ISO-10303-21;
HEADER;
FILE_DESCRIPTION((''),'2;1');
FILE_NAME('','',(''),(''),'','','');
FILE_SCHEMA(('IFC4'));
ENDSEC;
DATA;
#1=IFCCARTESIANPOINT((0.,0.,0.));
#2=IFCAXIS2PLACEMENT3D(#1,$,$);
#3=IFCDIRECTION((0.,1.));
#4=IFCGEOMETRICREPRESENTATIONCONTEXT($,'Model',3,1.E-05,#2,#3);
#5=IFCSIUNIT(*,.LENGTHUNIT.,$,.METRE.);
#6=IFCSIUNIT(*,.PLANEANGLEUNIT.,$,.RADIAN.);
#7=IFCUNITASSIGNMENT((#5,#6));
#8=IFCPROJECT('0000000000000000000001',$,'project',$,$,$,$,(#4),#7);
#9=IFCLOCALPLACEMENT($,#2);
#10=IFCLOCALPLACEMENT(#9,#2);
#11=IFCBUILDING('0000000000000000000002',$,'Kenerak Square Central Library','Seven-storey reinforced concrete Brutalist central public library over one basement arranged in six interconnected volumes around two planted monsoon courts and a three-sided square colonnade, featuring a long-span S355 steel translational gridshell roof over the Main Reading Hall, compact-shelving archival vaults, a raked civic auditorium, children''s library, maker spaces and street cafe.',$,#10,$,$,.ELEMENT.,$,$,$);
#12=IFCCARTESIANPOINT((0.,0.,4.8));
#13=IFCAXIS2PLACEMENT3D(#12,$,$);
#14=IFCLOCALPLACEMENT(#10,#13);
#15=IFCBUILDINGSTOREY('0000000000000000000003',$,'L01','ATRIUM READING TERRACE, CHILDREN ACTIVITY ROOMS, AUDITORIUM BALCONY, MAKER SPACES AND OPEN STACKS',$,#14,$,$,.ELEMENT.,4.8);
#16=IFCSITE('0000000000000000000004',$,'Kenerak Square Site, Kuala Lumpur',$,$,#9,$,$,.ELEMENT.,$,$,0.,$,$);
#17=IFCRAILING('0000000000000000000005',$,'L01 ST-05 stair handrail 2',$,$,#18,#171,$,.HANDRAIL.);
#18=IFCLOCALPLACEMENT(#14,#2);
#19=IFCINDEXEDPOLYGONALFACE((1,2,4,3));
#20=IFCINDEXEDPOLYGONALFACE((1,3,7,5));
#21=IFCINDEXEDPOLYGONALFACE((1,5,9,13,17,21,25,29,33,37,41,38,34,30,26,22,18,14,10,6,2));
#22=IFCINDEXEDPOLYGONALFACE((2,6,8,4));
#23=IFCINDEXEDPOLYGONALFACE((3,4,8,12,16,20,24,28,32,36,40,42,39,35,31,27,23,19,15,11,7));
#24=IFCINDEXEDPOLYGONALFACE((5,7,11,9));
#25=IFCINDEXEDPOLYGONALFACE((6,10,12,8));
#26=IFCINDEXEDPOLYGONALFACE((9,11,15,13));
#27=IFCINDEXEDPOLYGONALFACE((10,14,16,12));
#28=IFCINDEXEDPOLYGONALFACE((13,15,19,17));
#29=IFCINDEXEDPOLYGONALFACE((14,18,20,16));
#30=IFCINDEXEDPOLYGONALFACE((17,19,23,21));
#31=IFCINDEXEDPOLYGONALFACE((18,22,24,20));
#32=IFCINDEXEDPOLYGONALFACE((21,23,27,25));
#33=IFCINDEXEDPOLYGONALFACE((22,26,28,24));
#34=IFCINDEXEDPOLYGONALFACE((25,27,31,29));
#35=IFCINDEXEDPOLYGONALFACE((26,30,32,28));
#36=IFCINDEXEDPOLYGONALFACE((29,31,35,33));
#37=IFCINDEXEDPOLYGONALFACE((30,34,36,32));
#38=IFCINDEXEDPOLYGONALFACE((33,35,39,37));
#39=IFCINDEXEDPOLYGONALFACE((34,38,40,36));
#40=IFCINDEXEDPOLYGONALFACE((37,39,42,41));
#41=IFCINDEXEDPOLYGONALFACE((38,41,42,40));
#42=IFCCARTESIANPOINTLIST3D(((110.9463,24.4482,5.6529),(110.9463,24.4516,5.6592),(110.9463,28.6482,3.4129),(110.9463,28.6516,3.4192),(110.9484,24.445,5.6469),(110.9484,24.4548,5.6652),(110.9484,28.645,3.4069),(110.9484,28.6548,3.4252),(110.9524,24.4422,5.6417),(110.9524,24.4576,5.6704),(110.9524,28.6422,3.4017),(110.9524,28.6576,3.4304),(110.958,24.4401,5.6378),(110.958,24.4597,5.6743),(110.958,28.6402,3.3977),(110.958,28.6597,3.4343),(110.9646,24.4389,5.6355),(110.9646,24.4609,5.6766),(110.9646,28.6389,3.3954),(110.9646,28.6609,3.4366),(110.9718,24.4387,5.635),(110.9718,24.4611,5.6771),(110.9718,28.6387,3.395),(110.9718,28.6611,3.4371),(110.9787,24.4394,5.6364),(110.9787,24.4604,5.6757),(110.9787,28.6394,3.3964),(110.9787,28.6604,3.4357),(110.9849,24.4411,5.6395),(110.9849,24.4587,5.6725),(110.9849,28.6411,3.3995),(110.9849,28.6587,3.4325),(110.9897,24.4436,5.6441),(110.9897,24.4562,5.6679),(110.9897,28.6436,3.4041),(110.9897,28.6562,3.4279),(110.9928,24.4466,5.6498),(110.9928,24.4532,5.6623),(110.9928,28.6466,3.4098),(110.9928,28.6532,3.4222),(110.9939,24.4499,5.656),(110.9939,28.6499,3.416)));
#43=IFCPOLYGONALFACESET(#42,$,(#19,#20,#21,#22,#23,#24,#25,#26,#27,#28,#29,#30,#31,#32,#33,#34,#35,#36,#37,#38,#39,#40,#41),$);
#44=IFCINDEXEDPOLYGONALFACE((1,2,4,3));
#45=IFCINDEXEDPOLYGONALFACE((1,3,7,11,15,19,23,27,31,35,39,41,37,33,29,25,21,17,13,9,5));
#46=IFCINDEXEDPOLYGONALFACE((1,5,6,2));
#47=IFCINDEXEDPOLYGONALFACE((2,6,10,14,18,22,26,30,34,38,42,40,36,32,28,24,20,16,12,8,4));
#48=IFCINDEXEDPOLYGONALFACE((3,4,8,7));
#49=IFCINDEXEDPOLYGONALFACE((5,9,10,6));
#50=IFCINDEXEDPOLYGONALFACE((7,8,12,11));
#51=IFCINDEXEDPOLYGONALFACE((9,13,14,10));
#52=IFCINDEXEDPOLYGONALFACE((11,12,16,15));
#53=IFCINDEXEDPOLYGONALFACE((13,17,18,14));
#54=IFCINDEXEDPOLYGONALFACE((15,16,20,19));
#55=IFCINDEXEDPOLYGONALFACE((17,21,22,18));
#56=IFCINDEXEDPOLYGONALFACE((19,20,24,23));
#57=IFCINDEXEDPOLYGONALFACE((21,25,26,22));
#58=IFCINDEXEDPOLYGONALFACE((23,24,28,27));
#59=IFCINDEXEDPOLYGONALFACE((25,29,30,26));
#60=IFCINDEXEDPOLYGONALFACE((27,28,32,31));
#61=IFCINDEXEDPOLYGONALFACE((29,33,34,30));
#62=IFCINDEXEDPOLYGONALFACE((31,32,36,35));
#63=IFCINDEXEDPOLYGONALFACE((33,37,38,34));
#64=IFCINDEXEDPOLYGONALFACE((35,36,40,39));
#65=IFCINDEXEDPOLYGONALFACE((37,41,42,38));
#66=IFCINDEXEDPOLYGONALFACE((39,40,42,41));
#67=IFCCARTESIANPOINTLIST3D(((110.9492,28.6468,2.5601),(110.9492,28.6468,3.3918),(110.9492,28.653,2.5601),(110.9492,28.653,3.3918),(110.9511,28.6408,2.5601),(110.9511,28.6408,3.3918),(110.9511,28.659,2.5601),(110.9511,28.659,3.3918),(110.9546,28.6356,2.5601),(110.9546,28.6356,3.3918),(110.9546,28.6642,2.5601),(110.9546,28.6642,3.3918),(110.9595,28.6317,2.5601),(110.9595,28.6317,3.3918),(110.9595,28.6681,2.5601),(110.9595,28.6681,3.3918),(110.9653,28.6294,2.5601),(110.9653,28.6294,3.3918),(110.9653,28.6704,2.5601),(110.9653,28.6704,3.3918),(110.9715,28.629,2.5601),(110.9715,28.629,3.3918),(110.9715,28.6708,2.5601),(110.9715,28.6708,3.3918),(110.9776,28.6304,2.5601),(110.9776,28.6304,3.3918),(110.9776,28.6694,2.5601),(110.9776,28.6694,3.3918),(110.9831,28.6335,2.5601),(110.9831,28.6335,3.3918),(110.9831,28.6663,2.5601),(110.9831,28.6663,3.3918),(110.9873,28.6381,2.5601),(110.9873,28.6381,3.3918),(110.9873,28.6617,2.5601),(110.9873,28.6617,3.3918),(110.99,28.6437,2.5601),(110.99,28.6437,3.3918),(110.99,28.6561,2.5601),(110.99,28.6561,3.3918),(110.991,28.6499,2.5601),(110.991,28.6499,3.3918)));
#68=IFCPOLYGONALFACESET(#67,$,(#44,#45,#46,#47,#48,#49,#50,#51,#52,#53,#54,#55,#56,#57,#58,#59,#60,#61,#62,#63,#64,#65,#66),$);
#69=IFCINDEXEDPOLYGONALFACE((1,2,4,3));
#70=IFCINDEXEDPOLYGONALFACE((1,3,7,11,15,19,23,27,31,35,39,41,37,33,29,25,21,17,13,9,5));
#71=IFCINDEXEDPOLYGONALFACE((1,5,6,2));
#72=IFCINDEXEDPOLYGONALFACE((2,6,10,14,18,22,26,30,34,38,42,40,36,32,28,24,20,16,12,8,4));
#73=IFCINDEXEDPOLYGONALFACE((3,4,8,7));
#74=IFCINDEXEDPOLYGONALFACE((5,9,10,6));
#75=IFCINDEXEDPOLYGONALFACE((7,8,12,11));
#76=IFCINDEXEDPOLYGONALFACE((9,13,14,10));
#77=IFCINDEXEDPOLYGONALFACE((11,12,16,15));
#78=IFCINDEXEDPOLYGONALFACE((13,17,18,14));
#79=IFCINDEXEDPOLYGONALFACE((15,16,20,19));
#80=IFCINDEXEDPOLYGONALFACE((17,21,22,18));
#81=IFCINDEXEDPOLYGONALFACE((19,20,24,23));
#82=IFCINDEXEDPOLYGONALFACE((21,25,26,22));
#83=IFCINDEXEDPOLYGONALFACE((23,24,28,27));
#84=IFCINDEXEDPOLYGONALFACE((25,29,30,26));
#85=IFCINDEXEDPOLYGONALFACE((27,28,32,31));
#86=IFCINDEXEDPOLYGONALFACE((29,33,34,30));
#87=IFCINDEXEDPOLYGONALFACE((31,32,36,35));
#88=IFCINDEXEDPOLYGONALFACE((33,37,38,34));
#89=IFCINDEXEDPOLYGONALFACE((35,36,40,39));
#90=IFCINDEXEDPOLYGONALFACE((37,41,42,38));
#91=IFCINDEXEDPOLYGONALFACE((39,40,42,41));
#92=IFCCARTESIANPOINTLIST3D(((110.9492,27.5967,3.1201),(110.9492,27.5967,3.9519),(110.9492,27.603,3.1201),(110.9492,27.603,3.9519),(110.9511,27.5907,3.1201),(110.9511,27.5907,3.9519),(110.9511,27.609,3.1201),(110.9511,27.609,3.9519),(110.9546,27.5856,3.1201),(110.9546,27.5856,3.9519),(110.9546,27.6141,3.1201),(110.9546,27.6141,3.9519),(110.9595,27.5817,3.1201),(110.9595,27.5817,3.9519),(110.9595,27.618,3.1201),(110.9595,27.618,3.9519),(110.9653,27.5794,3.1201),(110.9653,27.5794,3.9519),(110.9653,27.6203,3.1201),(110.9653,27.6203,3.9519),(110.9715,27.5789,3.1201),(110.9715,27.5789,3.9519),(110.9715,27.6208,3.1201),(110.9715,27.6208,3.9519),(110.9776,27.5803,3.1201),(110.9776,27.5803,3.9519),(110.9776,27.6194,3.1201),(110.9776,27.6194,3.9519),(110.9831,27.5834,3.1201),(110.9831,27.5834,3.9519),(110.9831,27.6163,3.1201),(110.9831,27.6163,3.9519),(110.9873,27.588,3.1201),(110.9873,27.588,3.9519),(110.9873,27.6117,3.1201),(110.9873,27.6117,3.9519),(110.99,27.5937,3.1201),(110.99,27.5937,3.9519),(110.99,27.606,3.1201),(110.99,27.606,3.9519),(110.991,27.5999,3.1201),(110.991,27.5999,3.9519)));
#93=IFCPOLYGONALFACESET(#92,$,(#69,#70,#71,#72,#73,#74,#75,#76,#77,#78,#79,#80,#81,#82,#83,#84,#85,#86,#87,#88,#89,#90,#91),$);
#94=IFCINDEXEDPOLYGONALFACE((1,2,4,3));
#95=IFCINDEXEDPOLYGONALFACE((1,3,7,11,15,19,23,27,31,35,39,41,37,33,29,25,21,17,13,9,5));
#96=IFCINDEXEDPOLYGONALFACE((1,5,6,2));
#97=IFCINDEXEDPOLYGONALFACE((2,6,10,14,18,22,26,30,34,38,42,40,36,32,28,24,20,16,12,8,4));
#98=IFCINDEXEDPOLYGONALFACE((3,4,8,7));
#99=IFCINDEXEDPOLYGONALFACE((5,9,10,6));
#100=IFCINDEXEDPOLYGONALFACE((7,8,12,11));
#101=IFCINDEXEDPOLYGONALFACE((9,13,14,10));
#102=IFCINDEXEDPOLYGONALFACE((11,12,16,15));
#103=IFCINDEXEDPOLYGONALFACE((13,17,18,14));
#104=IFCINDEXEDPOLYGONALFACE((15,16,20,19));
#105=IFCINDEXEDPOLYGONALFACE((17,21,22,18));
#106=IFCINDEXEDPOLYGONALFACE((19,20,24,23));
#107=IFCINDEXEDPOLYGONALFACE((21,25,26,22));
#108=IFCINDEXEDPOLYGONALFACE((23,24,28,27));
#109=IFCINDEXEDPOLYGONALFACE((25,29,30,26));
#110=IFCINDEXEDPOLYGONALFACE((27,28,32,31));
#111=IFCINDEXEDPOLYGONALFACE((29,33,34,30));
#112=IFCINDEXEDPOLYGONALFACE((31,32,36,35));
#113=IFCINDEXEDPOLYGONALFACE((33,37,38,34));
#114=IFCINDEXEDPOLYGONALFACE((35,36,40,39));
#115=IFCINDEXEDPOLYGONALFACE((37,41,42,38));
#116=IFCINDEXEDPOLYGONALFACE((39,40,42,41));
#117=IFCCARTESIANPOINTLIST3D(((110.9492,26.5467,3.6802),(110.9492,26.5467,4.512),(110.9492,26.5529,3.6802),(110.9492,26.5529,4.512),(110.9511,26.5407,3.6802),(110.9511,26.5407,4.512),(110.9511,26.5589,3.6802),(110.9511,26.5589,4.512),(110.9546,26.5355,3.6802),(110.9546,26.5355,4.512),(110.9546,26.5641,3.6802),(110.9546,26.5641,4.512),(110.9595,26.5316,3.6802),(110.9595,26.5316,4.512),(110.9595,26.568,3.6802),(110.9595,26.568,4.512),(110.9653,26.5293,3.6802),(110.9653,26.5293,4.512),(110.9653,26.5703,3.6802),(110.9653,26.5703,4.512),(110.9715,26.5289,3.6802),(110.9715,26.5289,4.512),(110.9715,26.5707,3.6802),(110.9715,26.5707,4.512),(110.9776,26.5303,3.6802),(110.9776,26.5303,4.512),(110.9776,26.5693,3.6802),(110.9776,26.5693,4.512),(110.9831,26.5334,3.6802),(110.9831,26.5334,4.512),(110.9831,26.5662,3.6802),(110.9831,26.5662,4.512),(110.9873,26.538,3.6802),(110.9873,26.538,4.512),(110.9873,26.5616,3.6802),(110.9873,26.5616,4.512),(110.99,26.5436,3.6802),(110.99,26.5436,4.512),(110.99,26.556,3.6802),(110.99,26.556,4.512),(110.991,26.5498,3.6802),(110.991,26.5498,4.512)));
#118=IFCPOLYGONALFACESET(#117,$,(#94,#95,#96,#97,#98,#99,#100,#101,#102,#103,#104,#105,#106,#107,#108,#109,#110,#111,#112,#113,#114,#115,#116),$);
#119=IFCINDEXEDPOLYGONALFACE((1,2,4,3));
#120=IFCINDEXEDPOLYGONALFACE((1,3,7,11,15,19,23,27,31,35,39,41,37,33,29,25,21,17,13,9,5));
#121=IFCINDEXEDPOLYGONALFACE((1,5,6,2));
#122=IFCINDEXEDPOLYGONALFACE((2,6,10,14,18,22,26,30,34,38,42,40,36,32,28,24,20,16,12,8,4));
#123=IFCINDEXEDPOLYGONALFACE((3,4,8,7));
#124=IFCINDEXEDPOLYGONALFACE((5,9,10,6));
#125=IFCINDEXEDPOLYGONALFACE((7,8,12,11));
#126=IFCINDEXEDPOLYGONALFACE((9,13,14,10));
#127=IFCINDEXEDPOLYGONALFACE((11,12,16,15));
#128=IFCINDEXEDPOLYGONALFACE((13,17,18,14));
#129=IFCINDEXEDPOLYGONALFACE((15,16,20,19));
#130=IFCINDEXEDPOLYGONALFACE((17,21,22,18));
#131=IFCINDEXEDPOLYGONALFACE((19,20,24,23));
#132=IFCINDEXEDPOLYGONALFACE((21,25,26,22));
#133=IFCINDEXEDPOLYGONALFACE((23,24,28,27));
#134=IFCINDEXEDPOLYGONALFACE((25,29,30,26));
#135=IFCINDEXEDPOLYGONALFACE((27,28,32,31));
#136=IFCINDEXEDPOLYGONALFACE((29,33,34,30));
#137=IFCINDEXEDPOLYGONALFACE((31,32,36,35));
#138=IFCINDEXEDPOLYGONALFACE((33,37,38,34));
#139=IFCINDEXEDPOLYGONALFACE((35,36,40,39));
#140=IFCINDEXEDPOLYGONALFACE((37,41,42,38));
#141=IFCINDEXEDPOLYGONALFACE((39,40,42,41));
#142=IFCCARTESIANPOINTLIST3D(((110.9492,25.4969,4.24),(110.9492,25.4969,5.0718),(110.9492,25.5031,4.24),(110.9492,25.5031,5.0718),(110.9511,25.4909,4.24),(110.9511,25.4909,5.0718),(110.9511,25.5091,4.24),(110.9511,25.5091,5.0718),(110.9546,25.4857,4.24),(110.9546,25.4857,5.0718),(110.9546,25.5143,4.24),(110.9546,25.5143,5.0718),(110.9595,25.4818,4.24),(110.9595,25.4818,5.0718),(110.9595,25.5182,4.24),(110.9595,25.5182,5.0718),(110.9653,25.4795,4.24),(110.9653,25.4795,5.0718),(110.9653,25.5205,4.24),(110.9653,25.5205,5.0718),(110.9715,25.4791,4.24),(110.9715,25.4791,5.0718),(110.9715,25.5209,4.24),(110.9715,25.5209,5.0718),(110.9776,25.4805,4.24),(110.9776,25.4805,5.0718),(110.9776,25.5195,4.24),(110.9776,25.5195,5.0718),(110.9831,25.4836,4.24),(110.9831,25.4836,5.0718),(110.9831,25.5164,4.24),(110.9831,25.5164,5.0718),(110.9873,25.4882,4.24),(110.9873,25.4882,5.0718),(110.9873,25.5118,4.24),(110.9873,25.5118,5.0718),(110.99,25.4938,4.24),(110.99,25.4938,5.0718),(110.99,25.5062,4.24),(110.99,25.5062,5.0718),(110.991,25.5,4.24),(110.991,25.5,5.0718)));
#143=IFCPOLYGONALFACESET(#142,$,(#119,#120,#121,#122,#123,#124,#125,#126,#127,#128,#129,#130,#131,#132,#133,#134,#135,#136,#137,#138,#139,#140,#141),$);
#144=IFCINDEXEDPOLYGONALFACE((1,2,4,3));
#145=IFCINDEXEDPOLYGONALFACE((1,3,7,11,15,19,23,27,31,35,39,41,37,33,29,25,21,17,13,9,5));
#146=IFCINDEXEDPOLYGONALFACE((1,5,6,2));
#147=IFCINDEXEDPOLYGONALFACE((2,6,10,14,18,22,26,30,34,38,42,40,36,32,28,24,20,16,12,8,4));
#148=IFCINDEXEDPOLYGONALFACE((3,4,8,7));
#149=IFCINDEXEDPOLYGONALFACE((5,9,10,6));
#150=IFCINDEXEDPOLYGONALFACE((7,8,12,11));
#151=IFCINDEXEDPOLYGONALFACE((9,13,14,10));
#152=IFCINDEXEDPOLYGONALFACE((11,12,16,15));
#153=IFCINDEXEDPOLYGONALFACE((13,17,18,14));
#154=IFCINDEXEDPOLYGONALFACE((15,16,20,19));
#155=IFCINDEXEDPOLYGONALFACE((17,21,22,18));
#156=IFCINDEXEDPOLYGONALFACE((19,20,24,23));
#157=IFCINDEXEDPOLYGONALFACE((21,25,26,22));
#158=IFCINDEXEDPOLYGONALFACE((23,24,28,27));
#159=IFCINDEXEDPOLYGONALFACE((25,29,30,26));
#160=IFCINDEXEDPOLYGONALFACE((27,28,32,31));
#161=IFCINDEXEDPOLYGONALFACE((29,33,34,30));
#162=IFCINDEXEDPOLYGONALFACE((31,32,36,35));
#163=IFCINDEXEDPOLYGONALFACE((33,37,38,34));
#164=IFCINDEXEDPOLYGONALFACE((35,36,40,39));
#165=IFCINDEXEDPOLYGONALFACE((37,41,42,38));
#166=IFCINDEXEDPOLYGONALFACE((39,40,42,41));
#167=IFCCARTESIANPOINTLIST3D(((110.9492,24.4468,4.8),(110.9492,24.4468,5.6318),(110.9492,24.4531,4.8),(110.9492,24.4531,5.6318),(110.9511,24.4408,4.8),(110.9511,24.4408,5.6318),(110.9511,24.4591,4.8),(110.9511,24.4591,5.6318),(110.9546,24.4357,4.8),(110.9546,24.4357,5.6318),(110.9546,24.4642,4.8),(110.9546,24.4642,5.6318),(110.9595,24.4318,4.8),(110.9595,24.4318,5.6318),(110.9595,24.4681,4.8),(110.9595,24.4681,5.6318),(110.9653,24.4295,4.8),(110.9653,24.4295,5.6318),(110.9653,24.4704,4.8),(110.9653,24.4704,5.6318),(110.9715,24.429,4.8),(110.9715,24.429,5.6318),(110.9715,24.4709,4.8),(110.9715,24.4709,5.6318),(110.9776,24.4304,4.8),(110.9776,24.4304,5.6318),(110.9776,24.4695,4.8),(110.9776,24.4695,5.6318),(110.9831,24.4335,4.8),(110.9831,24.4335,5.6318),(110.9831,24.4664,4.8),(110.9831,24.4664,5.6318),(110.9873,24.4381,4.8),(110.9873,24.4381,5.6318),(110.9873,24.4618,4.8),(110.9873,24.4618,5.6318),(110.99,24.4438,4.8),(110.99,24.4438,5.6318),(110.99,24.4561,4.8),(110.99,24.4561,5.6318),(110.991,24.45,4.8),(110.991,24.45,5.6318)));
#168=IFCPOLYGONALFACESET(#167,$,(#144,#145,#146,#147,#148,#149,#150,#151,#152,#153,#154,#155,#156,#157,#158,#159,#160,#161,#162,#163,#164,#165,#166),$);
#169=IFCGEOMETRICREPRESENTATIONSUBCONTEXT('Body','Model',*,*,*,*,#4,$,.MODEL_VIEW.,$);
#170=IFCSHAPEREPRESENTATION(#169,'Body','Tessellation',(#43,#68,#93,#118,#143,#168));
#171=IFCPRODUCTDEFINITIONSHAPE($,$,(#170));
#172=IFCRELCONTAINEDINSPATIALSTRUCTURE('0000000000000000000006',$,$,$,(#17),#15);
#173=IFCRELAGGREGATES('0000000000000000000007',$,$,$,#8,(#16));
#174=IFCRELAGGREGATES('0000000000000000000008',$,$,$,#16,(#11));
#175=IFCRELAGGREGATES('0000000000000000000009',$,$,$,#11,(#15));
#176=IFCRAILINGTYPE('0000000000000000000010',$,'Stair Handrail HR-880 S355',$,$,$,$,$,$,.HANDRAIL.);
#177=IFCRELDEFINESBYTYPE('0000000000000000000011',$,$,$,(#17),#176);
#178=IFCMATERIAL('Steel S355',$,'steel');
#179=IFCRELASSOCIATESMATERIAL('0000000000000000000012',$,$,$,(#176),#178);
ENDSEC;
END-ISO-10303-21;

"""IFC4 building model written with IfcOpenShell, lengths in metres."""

from ifc_helpers import new_model, si_unit, direction, frame, origin, origin_2d, place, context, subcontext, project, spatial, circle, extrude, material, type_object, element, save


model = new_model("IFC4")

# Units and contexts
model_context = context("Model", 3, precision=1e-05, world=origin(), true_north=direction((0.0, 1.0)))
body_context = subcontext(model_context, "Body", "Model", "MODEL_VIEW")
ifc_project = project(units=[si_unit("LENGTHUNIT", "METRE"), si_unit("PLANEANGLEUNIT", "RADIAN")], contexts=[model_context])

# Site, building, storey
site_placement = place(None, origin())
site = spatial("IfcSite", under=ifc_project, at=site_placement, Name="Kenerak Square Site, Kuala Lumpur", CompositionType="ELEMENT", RefElevation=0.0)
building_placement = place(site_placement, origin())
building = spatial("IfcBuilding", under=site, at=building_placement, Name="Kenerak Square Central Library", Description="Seven-storey reinforced concrete Brutalist central public library over one basement arranged in six interconnected volumes around two planted monsoon courts and a three-sided square colonnade, featuring a long-span S355 steel translational gridshell roof over the Main Reading Hall, compact-shelving archival vaults, a raked civic auditorium, children's library, maker spaces and street cafe.", CompositionType="ELEMENT")
storey_placement = place(building_placement, frame((0.0, 0.0, 4.8)))
storey = spatial("IfcBuildingStorey", under=building, at=storey_placement, Name="L01", Description="ATRIUM READING TERRACE, CHILDREN ACTIVITY ROOMS, AUDITORIUM BALCONY, MAKER SPACES AND OPEN STACKS", CompositionType="ELEMENT", Elevation=4.8)

# Shared definitions
ifc_material_1 = material(Name="Steel S355", Category="steel")

# Railing
railing_type_1 = type_object("IfcRailingType", Name="Stair Handrail HR-880 S355", PredefinedType="HANDRAIL", material=ifc_material_1)
railing_1_placement = place(storey_placement, frame((110.97, 28.6499, 2.5601)))
element("IfcRailing", 1, at=railing_1_placement, inside=storey, type_object=railing_type_1, Name="L01 ST-05 stair handrail 2", PredefinedType="HANDRAIL", context=body_context, shape_type="SweptSolid", body=[
    extrude(circle(Radius=0.0239, at=origin_2d()), frame((0.0, 0.0, 0.856), z_axis=(0.0, -0.882352, 0.470591), x_axis=(1.0, 0.0, 0.0)), (0.0, 0.0, 1.0), 4.76),
    extrude(circle(Radius=0.021, at=origin_2d()), origin(), (0.0, 0.0, 1.0), 0.8318),
    extrude(circle(Radius=0.021, at=origin_2d()), frame((0.0, -1.05, 0.5601)), (0.0, 0.0, 1.0), 0.8318),
    extrude(circle(Radius=0.021, at=origin_2d()), frame((0.0, -2.1001, 1.1201)), (0.0, 0.0, 1.0), 0.8318),
    extrude(circle(Radius=0.021, at=origin_2d()), frame((0.0, -3.1499, 1.6799)), (0.0, 0.0, 1.0), 0.8318),
    extrude(circle(Radius=0.021, at=origin_2d()), frame((0.0, -4.2, 2.24)), (0.0, 0.0, 1.0), 0.8318),
])

save(model, "model.ifc")
